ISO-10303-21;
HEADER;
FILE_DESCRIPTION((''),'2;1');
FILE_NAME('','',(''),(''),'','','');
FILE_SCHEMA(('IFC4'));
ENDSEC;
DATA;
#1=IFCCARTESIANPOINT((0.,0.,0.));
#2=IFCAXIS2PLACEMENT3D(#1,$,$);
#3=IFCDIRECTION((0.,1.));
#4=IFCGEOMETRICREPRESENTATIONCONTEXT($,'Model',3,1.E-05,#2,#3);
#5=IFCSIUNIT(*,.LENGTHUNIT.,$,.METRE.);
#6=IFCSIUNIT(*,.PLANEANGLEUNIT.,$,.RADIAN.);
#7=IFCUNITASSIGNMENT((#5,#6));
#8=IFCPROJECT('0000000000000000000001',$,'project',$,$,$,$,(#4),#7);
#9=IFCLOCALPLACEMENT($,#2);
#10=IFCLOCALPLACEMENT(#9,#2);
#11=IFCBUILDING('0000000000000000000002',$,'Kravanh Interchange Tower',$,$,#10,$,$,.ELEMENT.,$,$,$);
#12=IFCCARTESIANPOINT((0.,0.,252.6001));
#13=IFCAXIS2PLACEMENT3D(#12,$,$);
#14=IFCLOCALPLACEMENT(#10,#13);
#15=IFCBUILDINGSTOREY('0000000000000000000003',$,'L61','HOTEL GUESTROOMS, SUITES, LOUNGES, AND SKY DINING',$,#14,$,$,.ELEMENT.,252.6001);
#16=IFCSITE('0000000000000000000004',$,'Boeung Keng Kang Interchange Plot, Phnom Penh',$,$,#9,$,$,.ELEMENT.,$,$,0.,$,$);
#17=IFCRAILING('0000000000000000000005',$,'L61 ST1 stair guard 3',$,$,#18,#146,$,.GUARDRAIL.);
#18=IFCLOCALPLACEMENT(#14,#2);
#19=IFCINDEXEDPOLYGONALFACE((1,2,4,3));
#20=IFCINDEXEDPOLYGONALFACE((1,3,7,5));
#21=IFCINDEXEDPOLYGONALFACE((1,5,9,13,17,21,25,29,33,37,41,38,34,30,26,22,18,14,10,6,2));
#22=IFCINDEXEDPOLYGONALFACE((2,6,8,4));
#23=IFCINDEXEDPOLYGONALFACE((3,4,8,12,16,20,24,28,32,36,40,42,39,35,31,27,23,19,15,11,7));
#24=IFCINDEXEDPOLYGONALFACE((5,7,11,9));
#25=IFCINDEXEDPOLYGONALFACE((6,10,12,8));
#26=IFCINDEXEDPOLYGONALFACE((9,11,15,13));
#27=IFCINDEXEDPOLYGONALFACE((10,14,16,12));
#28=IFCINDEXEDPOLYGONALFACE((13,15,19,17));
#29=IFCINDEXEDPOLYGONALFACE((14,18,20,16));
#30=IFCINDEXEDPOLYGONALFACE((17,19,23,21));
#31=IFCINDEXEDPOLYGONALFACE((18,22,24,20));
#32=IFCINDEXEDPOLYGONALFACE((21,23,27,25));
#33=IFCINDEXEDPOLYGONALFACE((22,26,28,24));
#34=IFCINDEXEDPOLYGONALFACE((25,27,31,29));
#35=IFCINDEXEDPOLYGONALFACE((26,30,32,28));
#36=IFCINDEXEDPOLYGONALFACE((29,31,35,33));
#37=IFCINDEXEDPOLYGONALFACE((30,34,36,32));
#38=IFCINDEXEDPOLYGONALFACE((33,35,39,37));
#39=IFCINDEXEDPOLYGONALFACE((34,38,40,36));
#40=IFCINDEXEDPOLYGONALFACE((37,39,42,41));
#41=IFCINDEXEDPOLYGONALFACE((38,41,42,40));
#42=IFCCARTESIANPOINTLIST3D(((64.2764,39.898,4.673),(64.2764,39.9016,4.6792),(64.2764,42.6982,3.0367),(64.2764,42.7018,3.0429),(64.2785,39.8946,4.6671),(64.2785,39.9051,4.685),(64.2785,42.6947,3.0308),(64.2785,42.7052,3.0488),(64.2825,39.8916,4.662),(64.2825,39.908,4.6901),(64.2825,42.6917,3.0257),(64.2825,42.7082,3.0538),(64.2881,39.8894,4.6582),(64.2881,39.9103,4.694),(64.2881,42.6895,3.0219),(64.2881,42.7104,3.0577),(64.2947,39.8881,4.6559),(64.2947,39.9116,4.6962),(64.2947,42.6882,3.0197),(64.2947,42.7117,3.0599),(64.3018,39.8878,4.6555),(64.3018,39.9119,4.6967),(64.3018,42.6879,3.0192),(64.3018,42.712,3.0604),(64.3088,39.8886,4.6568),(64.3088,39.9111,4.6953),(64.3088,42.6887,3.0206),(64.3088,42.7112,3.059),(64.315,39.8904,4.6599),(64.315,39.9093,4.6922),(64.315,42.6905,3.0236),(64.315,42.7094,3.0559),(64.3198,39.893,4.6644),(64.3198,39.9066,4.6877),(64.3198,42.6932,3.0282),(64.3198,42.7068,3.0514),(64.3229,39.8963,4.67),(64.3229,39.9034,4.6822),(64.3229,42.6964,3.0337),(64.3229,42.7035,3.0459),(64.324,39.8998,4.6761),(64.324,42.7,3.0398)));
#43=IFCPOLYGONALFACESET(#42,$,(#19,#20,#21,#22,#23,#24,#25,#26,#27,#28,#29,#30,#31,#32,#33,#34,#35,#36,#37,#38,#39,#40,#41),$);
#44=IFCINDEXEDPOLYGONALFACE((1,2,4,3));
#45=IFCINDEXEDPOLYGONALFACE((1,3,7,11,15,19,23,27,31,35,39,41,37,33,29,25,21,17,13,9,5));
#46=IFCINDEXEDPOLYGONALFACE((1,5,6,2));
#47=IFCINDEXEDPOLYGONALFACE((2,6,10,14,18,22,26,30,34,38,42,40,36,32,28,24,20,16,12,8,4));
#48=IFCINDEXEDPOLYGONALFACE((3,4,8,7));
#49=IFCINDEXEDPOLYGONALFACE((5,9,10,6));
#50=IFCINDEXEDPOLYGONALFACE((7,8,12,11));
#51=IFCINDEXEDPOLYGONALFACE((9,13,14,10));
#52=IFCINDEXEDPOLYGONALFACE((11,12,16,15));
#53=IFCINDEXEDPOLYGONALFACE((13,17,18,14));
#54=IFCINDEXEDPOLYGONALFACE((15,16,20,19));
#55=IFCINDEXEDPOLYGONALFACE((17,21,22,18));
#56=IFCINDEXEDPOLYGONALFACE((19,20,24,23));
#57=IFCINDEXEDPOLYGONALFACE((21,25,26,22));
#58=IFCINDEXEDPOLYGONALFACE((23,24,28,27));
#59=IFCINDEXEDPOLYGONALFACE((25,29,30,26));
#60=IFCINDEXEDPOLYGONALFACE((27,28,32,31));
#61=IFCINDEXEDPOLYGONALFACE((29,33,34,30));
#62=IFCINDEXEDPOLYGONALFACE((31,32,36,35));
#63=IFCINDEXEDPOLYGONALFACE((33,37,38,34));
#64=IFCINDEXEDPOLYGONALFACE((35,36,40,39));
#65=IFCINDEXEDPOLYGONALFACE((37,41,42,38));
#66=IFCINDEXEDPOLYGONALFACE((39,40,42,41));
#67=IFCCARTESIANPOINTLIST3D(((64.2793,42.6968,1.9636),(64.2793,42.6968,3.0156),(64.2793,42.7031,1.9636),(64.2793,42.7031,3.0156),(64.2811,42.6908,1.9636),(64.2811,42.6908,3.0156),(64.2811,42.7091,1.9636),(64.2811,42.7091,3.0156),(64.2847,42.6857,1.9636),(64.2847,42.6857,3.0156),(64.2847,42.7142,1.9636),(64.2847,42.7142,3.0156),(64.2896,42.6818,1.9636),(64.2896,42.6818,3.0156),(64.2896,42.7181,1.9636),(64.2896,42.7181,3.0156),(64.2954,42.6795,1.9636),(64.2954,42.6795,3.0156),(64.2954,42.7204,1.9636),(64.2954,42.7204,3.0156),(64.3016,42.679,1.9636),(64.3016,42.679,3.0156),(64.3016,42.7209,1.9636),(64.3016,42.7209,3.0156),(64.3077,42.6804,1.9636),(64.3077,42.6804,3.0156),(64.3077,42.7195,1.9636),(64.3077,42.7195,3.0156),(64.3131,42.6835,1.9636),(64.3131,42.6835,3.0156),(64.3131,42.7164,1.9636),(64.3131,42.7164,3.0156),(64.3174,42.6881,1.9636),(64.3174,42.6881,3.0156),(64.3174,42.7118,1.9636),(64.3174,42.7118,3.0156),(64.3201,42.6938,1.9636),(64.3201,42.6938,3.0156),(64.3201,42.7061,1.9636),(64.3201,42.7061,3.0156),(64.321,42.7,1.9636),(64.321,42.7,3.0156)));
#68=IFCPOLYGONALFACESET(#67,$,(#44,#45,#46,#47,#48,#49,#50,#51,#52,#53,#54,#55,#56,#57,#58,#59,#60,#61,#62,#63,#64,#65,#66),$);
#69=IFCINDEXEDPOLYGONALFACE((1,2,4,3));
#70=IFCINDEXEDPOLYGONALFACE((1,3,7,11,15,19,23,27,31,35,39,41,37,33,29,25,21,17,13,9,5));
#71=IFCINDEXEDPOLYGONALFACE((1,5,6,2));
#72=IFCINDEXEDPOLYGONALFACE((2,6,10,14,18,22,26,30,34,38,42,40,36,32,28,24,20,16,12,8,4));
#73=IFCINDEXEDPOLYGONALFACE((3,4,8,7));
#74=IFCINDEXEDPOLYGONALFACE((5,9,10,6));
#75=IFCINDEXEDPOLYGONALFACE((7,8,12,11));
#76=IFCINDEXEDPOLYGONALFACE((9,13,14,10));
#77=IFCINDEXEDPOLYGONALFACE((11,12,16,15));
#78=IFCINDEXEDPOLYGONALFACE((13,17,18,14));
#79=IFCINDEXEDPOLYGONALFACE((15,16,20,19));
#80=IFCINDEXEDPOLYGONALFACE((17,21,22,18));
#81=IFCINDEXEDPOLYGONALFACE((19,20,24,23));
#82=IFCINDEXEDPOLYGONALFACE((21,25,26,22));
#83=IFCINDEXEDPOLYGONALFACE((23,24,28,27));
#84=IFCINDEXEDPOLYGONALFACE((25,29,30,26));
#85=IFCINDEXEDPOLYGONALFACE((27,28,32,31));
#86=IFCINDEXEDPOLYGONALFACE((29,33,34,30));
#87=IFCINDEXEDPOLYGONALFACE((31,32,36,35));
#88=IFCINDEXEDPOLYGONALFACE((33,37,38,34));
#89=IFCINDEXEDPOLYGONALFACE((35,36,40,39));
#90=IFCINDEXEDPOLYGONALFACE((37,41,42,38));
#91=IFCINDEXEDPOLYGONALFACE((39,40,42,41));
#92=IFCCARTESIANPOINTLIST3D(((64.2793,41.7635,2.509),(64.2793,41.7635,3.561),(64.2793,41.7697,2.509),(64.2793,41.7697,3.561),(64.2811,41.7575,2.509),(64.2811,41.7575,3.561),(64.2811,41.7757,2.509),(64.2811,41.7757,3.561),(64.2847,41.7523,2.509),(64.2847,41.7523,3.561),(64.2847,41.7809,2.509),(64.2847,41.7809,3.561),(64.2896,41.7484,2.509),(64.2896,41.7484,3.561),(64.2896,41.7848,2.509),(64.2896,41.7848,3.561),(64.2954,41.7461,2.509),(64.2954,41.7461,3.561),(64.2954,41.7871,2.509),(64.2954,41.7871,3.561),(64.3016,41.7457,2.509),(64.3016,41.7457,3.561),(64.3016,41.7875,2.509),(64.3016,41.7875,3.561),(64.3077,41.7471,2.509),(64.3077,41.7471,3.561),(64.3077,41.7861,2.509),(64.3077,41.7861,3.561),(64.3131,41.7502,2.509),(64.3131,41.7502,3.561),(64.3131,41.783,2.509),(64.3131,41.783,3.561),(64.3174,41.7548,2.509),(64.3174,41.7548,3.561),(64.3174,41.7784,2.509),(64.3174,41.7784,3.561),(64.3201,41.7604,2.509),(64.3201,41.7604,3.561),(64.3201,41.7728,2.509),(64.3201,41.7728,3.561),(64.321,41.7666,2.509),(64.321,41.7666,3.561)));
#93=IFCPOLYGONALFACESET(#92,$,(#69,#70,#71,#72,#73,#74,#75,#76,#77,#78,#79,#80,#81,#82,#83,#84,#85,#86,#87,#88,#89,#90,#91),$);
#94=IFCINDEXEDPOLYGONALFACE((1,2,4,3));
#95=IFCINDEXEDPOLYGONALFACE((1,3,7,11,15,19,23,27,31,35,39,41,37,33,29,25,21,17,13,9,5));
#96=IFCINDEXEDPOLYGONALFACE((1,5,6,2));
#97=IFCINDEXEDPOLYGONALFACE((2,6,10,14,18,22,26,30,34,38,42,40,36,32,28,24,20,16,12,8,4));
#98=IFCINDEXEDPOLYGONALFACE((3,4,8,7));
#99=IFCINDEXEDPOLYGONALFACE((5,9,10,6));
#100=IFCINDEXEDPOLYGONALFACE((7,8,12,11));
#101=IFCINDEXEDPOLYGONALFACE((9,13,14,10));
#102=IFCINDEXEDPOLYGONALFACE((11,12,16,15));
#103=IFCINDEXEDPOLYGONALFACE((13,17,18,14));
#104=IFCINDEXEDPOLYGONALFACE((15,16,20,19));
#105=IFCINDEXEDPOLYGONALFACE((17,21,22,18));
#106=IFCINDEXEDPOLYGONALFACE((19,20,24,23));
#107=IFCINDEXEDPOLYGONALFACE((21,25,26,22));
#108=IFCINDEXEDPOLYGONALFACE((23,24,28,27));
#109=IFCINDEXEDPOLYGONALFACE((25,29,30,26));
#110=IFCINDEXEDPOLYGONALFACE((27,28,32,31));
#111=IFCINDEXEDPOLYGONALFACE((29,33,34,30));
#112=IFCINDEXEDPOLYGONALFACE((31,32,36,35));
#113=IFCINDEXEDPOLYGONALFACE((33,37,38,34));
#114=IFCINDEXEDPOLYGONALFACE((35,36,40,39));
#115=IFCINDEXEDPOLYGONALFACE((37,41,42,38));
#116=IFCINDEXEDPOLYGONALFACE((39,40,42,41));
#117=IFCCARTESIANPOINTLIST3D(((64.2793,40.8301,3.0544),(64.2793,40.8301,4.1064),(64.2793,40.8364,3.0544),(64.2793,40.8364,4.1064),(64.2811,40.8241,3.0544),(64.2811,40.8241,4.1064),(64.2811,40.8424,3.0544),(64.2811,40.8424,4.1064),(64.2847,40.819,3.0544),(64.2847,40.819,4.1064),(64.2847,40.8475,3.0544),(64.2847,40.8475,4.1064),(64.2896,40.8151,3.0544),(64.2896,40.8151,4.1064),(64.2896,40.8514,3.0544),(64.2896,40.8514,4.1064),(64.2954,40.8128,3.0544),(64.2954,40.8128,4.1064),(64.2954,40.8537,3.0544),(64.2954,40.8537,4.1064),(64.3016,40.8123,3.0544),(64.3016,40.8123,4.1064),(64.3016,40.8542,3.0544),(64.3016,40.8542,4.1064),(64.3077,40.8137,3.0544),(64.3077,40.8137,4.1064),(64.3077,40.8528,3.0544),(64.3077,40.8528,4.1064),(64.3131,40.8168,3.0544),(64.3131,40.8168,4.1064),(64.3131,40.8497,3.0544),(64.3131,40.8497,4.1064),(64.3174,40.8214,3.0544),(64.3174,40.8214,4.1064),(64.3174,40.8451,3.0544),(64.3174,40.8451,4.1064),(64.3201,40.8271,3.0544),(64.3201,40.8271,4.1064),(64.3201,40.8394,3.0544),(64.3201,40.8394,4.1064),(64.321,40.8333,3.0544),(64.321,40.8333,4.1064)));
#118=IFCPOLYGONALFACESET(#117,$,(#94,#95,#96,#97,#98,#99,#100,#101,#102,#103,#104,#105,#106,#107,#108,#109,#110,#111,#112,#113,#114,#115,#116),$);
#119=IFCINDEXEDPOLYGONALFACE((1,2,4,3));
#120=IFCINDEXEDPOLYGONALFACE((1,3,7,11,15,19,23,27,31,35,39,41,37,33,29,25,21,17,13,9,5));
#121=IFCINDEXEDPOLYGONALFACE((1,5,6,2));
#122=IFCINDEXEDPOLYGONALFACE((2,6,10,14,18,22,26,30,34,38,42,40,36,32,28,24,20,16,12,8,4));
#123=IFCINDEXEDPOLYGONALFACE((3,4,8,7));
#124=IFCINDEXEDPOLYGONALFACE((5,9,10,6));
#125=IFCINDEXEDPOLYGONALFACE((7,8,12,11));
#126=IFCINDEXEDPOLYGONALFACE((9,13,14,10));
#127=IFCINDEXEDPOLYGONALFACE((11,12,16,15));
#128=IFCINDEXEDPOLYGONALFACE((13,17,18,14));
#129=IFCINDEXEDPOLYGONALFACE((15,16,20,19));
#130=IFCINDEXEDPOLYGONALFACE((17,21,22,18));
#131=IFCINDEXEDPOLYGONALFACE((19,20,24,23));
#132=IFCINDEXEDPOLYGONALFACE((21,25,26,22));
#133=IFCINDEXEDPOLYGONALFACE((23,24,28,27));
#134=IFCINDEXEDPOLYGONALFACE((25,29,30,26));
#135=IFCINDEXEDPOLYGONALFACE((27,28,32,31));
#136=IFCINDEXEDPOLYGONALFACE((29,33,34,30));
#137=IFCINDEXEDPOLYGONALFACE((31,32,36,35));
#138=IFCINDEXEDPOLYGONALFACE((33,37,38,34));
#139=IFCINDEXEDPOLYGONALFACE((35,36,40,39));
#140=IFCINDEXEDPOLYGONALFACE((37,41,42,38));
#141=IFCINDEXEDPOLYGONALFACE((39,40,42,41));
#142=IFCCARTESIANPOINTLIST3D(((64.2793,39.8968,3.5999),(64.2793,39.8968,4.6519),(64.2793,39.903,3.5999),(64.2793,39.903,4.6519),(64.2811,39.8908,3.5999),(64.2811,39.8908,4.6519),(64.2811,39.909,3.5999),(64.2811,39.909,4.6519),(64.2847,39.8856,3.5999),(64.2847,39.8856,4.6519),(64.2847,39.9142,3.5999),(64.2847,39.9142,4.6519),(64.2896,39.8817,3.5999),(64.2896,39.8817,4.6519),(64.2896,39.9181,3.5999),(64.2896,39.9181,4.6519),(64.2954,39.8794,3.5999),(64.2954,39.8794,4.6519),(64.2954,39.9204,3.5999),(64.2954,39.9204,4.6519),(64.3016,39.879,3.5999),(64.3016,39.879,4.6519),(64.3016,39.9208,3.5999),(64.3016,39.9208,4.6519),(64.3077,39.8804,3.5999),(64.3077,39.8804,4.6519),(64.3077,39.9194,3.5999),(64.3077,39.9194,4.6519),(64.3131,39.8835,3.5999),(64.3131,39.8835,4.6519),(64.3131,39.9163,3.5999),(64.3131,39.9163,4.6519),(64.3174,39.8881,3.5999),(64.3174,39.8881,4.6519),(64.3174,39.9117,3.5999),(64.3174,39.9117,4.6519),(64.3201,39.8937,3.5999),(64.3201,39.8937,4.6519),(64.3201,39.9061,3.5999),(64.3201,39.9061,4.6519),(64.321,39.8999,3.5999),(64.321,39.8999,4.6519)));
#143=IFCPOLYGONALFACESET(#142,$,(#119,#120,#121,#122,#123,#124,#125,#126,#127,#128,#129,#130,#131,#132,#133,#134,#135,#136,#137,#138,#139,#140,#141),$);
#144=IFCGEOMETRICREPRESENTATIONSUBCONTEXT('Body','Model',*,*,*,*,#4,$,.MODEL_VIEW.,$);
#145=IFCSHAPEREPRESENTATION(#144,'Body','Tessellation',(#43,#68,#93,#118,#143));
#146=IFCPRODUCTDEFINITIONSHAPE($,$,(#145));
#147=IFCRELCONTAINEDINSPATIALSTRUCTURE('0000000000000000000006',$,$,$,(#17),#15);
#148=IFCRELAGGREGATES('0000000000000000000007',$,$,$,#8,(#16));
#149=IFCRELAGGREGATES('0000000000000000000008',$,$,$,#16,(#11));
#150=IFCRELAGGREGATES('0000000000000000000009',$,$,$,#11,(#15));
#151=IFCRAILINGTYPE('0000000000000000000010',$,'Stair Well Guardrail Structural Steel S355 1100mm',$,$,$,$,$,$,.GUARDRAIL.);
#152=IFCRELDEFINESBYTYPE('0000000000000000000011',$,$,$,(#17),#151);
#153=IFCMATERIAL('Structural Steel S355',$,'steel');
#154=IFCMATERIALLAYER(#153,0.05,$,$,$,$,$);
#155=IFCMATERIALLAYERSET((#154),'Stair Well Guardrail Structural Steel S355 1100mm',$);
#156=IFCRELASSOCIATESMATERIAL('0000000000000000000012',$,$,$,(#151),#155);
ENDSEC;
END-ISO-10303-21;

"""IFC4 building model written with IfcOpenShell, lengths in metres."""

from ifc_helpers import new_model, si_unit, direction, frame, origin, origin_2d, place, context, subcontext, project, spatial, circle, extrude, material, layer, layer_set, type_object, element, save


model = new_model("IFC4")

# Units and contexts
model_context = context("Model", 3, precision=1e-05, world=origin(), true_north=direction((0.0, 1.0)))
body_context = subcontext(model_context, "Body", "Model", "MODEL_VIEW")
ifc_project = project(units=[si_unit("LENGTHUNIT", "METRE"), si_unit("PLANEANGLEUNIT", "RADIAN")], contexts=[model_context])

# Site, building, storey
site_placement = place(None, origin())
site = spatial("IfcSite", under=ifc_project, at=site_placement, Name="Boeung Keng Kang Interchange Plot, Phnom Penh", CompositionType="ELEMENT", RefElevation=0.0)
building_placement = place(site_placement, origin())
building = spatial("IfcBuilding", under=site, at=building_placement, Name="Kravanh Interchange Tower", CompositionType="ELEMENT")
storey_placement = place(building_placement, frame((0.0, 0.0, 252.6001)))
storey = spatial("IfcBuildingStorey", under=building, at=storey_placement, Name="L61", Description="HOTEL GUESTROOMS, SUITES, LOUNGES, AND SKY DINING", CompositionType="ELEMENT", Elevation=252.6001)

# Railing
ifc_material_1 = material(Name="Structural Steel S355", Category="steel")
ifc_layer_1 = layer(ifc_material_1, 0.05)
ifc_layer_set_1 = layer_set([ifc_layer_1], Name="Stair Well Guardrail Structural Steel S355 1100mm")
railing_type_1 = type_object("IfcRailingType", Name="Stair Well Guardrail Structural Steel S355 1100mm", PredefinedType="GUARDRAIL", material=ifc_layer_set_1)
railing_1_placement = place(storey_placement, frame((64.3, 42.7, 1.9636)))
element("IfcRailing", 1, at=railing_1_placement, inside=storey, type_object=railing_type_1, Name="L61 ST1 stair guard 3", PredefinedType="GUARDRAIL", context=body_context, shape_type="SweptSolid", body=[
    extrude(circle(Radius=0.0239, at=origin_2d()), frame((0.0, 0.0, 1.0762), z_axis=(0.0, -0.863394, 0.504531), x_axis=(1.0, 0.0, 0.0)), (0.0, 0.0, 1.0), 3.2432),
    extrude(circle(Radius=0.021, at=origin_2d()), origin(), (0.0, 0.0, 1.0), 1.052),
    extrude(circle(Radius=0.021, at=origin_2d()), frame((0.0, -0.9333, 0.5454)), (0.0, 0.0, 1.0), 1.052),
    extrude(circle(Radius=0.021, at=origin_2d()), frame((0.0, -1.8667, 1.0908)), (0.0, 0.0, 1.0), 1.052),
    extrude(circle(Radius=0.021, at=origin_2d()), frame((0.0, -2.8, 1.6362)), (0.0, 0.0, 1.0), 1.052),
])

save(model, "model.ifc")
